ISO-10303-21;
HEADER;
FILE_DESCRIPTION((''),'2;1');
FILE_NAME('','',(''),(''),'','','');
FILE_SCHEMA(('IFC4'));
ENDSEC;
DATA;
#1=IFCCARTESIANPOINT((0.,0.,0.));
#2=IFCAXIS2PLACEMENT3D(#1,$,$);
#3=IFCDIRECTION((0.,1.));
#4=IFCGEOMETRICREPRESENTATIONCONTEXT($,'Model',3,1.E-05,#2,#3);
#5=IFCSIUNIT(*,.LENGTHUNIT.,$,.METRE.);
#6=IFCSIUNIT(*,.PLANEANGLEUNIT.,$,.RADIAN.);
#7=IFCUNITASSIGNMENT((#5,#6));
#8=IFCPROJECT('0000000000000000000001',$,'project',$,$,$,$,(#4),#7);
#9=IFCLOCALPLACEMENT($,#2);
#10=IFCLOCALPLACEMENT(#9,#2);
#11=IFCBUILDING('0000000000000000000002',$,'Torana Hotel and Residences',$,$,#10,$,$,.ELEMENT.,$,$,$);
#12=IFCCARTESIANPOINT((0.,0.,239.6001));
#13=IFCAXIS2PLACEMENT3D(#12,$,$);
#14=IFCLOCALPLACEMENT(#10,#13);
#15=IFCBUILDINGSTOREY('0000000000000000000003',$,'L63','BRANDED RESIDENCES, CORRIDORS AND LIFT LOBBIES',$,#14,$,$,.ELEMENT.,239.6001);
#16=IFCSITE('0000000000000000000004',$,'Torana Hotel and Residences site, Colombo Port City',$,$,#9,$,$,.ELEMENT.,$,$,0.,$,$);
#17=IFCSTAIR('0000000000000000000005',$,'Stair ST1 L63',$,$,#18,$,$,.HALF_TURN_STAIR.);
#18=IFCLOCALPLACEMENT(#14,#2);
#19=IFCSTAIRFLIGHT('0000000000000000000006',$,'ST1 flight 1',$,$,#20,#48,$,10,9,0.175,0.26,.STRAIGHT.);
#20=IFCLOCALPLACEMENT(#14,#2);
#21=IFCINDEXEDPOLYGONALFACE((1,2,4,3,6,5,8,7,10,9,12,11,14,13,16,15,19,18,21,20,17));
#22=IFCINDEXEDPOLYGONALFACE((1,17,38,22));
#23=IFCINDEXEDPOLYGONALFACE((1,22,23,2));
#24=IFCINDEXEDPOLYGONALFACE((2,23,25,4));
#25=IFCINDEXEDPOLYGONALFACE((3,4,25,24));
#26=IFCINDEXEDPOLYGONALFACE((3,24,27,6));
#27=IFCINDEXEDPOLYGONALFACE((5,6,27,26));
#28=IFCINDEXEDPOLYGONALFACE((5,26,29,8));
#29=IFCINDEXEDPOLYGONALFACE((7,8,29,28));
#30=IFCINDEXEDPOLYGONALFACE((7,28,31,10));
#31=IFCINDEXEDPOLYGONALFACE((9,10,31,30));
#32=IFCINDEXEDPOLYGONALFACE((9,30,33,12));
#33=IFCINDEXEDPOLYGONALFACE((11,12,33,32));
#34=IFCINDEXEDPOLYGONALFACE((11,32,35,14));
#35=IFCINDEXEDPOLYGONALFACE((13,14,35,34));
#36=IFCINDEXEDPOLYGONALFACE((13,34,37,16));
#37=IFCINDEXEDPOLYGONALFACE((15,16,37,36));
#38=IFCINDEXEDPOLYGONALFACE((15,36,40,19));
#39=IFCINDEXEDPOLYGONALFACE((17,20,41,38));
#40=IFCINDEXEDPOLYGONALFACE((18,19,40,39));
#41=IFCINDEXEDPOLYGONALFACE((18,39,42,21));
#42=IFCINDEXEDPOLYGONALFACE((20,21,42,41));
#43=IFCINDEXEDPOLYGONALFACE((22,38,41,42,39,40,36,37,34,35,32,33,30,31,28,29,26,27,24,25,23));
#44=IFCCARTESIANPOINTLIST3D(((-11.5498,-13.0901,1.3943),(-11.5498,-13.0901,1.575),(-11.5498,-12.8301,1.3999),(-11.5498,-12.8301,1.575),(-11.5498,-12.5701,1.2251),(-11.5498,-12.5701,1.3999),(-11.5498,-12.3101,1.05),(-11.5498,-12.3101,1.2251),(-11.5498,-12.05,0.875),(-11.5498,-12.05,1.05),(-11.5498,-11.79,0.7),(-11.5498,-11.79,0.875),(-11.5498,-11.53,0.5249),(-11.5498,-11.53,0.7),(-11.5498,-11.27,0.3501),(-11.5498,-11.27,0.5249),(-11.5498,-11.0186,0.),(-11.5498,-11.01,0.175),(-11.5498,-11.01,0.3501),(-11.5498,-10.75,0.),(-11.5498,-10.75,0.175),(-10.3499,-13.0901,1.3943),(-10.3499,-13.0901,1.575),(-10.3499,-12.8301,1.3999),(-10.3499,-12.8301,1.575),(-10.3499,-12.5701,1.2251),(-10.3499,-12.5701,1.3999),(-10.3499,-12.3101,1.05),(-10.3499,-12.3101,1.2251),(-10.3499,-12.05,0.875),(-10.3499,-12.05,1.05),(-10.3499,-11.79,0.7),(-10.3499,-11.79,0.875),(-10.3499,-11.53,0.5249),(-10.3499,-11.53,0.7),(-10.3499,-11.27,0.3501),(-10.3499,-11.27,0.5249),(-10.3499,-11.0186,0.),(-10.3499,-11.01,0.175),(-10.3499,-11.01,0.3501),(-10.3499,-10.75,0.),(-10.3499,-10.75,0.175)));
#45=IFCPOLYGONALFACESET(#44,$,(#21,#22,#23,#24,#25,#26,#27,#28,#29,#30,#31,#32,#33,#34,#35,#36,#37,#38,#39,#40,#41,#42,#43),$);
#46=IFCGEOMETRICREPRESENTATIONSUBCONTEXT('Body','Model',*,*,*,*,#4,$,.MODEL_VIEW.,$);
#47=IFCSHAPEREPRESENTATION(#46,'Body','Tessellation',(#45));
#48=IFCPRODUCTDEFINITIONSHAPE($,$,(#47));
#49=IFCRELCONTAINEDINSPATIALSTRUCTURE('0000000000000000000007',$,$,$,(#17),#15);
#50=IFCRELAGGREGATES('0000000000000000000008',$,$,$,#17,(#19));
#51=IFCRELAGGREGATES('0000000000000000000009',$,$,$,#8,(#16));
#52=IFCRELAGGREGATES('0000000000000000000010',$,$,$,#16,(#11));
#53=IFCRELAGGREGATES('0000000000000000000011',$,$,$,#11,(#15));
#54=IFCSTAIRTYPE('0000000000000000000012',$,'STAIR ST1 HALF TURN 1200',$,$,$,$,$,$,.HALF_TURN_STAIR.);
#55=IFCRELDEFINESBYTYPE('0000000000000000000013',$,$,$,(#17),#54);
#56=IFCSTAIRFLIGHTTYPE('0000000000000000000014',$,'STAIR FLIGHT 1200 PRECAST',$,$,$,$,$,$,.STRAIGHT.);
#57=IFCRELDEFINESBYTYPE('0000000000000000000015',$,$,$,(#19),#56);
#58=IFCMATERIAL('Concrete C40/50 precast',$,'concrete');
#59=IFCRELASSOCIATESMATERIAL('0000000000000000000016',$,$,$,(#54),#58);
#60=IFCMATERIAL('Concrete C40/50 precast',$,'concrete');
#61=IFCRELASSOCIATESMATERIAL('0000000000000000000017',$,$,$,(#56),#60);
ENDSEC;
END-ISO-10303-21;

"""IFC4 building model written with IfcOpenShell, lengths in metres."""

from ifc_helpers import new_model, si_unit, direction, frame, origin, place, context, subcontext, project, spatial, polyline, outline, extrude, material, type_object, element, aggregate, save


model = new_model("IFC4")

# Units and contexts
model_context = context("Model", 3, precision=1e-05, world=origin(), true_north=direction((0.0, 1.0)))
body_context = subcontext(model_context, "Body", "Model", "MODEL_VIEW")
ifc_project = project(units=[si_unit("LENGTHUNIT", "METRE"), si_unit("PLANEANGLEUNIT", "RADIAN")], contexts=[model_context])

# Site, building, storey
site_placement = place(None, origin())
site = spatial("IfcSite", under=ifc_project, at=site_placement, Name="Torana Hotel and Residences site, Colombo Port City", CompositionType="ELEMENT", RefElevation=0.0)
building_placement = place(site_placement, origin())
building = spatial("IfcBuilding", under=site, at=building_placement, Name="Torana Hotel and Residences", CompositionType="ELEMENT")
storey_placement = place(building_placement, frame((0.0, 0.0, 239.6001)))
storey = spatial("IfcBuildingStorey", under=building, at=storey_placement, Name="L63", Description="BRANDED RESIDENCES, CORRIDORS AND LIFT LOBBIES", CompositionType="ELEMENT", Elevation=239.6001)

# Stair, stair flight
ifc_material_1 = material(Name="Concrete C40/50 precast", Category="concrete")
stair_type = type_object("IfcStairType", Name="STAIR ST1 HALF TURN 1200", PredefinedType="HALF_TURN_STAIR", material=ifc_material_1)
stair_placement = place(storey_placement, origin())
stair = element("IfcStair", 1, at=stair_placement, inside=storey, type_object=stair_type, Name="Stair ST1 L63", PredefinedType="HALF_TURN_STAIR")
ifc_material_2 = material(Name="Concrete C40/50 precast", Category="concrete")
stair_flight_type = type_object("IfcStairFlightType", Name="STAIR FLIGHT 1200 PRECAST", PredefinedType="STRAIGHT", material=ifc_material_2)
stair_flight_placement = place(storey_placement, frame((-10.95, -10.75, 0.0), z_axis=(0.0, 0.0, 1.0), x_axis=(0.0, -1.0, 0.0)))
stair_flight = element("IfcStairFlight", 2, at=stair_flight_placement, type_object=stair_flight_type, Name="ST1 flight 1", NumberOfRisers=10, NumberOfTreads=9, PredefinedType="STRAIGHT", RiserHeight=0.175, TreadLength=0.26, context=body_context, shape_type="SweptSolid", body=[
    extrude(outline(polyline([(0.0, 0.0), (0.0, 0.175), (0.26, 0.175), (0.26, 0.3501), (0.52, 0.3501), (0.52, 0.5249), (0.78, 0.5249), (0.78, 0.7), (1.04, 0.7), (1.04, 0.875), (1.3, 0.875), (1.3, 1.05), (1.5601, 1.05), (1.5601, 1.2251), (1.8201, 1.2251), (1.8201, 1.3999), (2.0801, 1.3999), (2.0801, 1.575), (2.3401, 1.575), (2.3401, 1.75), (2.3401, 1.3943), (0.2686, 0.0), (0.0, 0.0)])), frame((0.0, 0.6001, 0.0), z_axis=(0.0, -1.0, 0.0), x_axis=(1.0, 0.0, 0.0)), (0.0, 0.0, 1.0), 1.2),
])
aggregate(stair, [stair_flight])

save(model, "model.ifc")
